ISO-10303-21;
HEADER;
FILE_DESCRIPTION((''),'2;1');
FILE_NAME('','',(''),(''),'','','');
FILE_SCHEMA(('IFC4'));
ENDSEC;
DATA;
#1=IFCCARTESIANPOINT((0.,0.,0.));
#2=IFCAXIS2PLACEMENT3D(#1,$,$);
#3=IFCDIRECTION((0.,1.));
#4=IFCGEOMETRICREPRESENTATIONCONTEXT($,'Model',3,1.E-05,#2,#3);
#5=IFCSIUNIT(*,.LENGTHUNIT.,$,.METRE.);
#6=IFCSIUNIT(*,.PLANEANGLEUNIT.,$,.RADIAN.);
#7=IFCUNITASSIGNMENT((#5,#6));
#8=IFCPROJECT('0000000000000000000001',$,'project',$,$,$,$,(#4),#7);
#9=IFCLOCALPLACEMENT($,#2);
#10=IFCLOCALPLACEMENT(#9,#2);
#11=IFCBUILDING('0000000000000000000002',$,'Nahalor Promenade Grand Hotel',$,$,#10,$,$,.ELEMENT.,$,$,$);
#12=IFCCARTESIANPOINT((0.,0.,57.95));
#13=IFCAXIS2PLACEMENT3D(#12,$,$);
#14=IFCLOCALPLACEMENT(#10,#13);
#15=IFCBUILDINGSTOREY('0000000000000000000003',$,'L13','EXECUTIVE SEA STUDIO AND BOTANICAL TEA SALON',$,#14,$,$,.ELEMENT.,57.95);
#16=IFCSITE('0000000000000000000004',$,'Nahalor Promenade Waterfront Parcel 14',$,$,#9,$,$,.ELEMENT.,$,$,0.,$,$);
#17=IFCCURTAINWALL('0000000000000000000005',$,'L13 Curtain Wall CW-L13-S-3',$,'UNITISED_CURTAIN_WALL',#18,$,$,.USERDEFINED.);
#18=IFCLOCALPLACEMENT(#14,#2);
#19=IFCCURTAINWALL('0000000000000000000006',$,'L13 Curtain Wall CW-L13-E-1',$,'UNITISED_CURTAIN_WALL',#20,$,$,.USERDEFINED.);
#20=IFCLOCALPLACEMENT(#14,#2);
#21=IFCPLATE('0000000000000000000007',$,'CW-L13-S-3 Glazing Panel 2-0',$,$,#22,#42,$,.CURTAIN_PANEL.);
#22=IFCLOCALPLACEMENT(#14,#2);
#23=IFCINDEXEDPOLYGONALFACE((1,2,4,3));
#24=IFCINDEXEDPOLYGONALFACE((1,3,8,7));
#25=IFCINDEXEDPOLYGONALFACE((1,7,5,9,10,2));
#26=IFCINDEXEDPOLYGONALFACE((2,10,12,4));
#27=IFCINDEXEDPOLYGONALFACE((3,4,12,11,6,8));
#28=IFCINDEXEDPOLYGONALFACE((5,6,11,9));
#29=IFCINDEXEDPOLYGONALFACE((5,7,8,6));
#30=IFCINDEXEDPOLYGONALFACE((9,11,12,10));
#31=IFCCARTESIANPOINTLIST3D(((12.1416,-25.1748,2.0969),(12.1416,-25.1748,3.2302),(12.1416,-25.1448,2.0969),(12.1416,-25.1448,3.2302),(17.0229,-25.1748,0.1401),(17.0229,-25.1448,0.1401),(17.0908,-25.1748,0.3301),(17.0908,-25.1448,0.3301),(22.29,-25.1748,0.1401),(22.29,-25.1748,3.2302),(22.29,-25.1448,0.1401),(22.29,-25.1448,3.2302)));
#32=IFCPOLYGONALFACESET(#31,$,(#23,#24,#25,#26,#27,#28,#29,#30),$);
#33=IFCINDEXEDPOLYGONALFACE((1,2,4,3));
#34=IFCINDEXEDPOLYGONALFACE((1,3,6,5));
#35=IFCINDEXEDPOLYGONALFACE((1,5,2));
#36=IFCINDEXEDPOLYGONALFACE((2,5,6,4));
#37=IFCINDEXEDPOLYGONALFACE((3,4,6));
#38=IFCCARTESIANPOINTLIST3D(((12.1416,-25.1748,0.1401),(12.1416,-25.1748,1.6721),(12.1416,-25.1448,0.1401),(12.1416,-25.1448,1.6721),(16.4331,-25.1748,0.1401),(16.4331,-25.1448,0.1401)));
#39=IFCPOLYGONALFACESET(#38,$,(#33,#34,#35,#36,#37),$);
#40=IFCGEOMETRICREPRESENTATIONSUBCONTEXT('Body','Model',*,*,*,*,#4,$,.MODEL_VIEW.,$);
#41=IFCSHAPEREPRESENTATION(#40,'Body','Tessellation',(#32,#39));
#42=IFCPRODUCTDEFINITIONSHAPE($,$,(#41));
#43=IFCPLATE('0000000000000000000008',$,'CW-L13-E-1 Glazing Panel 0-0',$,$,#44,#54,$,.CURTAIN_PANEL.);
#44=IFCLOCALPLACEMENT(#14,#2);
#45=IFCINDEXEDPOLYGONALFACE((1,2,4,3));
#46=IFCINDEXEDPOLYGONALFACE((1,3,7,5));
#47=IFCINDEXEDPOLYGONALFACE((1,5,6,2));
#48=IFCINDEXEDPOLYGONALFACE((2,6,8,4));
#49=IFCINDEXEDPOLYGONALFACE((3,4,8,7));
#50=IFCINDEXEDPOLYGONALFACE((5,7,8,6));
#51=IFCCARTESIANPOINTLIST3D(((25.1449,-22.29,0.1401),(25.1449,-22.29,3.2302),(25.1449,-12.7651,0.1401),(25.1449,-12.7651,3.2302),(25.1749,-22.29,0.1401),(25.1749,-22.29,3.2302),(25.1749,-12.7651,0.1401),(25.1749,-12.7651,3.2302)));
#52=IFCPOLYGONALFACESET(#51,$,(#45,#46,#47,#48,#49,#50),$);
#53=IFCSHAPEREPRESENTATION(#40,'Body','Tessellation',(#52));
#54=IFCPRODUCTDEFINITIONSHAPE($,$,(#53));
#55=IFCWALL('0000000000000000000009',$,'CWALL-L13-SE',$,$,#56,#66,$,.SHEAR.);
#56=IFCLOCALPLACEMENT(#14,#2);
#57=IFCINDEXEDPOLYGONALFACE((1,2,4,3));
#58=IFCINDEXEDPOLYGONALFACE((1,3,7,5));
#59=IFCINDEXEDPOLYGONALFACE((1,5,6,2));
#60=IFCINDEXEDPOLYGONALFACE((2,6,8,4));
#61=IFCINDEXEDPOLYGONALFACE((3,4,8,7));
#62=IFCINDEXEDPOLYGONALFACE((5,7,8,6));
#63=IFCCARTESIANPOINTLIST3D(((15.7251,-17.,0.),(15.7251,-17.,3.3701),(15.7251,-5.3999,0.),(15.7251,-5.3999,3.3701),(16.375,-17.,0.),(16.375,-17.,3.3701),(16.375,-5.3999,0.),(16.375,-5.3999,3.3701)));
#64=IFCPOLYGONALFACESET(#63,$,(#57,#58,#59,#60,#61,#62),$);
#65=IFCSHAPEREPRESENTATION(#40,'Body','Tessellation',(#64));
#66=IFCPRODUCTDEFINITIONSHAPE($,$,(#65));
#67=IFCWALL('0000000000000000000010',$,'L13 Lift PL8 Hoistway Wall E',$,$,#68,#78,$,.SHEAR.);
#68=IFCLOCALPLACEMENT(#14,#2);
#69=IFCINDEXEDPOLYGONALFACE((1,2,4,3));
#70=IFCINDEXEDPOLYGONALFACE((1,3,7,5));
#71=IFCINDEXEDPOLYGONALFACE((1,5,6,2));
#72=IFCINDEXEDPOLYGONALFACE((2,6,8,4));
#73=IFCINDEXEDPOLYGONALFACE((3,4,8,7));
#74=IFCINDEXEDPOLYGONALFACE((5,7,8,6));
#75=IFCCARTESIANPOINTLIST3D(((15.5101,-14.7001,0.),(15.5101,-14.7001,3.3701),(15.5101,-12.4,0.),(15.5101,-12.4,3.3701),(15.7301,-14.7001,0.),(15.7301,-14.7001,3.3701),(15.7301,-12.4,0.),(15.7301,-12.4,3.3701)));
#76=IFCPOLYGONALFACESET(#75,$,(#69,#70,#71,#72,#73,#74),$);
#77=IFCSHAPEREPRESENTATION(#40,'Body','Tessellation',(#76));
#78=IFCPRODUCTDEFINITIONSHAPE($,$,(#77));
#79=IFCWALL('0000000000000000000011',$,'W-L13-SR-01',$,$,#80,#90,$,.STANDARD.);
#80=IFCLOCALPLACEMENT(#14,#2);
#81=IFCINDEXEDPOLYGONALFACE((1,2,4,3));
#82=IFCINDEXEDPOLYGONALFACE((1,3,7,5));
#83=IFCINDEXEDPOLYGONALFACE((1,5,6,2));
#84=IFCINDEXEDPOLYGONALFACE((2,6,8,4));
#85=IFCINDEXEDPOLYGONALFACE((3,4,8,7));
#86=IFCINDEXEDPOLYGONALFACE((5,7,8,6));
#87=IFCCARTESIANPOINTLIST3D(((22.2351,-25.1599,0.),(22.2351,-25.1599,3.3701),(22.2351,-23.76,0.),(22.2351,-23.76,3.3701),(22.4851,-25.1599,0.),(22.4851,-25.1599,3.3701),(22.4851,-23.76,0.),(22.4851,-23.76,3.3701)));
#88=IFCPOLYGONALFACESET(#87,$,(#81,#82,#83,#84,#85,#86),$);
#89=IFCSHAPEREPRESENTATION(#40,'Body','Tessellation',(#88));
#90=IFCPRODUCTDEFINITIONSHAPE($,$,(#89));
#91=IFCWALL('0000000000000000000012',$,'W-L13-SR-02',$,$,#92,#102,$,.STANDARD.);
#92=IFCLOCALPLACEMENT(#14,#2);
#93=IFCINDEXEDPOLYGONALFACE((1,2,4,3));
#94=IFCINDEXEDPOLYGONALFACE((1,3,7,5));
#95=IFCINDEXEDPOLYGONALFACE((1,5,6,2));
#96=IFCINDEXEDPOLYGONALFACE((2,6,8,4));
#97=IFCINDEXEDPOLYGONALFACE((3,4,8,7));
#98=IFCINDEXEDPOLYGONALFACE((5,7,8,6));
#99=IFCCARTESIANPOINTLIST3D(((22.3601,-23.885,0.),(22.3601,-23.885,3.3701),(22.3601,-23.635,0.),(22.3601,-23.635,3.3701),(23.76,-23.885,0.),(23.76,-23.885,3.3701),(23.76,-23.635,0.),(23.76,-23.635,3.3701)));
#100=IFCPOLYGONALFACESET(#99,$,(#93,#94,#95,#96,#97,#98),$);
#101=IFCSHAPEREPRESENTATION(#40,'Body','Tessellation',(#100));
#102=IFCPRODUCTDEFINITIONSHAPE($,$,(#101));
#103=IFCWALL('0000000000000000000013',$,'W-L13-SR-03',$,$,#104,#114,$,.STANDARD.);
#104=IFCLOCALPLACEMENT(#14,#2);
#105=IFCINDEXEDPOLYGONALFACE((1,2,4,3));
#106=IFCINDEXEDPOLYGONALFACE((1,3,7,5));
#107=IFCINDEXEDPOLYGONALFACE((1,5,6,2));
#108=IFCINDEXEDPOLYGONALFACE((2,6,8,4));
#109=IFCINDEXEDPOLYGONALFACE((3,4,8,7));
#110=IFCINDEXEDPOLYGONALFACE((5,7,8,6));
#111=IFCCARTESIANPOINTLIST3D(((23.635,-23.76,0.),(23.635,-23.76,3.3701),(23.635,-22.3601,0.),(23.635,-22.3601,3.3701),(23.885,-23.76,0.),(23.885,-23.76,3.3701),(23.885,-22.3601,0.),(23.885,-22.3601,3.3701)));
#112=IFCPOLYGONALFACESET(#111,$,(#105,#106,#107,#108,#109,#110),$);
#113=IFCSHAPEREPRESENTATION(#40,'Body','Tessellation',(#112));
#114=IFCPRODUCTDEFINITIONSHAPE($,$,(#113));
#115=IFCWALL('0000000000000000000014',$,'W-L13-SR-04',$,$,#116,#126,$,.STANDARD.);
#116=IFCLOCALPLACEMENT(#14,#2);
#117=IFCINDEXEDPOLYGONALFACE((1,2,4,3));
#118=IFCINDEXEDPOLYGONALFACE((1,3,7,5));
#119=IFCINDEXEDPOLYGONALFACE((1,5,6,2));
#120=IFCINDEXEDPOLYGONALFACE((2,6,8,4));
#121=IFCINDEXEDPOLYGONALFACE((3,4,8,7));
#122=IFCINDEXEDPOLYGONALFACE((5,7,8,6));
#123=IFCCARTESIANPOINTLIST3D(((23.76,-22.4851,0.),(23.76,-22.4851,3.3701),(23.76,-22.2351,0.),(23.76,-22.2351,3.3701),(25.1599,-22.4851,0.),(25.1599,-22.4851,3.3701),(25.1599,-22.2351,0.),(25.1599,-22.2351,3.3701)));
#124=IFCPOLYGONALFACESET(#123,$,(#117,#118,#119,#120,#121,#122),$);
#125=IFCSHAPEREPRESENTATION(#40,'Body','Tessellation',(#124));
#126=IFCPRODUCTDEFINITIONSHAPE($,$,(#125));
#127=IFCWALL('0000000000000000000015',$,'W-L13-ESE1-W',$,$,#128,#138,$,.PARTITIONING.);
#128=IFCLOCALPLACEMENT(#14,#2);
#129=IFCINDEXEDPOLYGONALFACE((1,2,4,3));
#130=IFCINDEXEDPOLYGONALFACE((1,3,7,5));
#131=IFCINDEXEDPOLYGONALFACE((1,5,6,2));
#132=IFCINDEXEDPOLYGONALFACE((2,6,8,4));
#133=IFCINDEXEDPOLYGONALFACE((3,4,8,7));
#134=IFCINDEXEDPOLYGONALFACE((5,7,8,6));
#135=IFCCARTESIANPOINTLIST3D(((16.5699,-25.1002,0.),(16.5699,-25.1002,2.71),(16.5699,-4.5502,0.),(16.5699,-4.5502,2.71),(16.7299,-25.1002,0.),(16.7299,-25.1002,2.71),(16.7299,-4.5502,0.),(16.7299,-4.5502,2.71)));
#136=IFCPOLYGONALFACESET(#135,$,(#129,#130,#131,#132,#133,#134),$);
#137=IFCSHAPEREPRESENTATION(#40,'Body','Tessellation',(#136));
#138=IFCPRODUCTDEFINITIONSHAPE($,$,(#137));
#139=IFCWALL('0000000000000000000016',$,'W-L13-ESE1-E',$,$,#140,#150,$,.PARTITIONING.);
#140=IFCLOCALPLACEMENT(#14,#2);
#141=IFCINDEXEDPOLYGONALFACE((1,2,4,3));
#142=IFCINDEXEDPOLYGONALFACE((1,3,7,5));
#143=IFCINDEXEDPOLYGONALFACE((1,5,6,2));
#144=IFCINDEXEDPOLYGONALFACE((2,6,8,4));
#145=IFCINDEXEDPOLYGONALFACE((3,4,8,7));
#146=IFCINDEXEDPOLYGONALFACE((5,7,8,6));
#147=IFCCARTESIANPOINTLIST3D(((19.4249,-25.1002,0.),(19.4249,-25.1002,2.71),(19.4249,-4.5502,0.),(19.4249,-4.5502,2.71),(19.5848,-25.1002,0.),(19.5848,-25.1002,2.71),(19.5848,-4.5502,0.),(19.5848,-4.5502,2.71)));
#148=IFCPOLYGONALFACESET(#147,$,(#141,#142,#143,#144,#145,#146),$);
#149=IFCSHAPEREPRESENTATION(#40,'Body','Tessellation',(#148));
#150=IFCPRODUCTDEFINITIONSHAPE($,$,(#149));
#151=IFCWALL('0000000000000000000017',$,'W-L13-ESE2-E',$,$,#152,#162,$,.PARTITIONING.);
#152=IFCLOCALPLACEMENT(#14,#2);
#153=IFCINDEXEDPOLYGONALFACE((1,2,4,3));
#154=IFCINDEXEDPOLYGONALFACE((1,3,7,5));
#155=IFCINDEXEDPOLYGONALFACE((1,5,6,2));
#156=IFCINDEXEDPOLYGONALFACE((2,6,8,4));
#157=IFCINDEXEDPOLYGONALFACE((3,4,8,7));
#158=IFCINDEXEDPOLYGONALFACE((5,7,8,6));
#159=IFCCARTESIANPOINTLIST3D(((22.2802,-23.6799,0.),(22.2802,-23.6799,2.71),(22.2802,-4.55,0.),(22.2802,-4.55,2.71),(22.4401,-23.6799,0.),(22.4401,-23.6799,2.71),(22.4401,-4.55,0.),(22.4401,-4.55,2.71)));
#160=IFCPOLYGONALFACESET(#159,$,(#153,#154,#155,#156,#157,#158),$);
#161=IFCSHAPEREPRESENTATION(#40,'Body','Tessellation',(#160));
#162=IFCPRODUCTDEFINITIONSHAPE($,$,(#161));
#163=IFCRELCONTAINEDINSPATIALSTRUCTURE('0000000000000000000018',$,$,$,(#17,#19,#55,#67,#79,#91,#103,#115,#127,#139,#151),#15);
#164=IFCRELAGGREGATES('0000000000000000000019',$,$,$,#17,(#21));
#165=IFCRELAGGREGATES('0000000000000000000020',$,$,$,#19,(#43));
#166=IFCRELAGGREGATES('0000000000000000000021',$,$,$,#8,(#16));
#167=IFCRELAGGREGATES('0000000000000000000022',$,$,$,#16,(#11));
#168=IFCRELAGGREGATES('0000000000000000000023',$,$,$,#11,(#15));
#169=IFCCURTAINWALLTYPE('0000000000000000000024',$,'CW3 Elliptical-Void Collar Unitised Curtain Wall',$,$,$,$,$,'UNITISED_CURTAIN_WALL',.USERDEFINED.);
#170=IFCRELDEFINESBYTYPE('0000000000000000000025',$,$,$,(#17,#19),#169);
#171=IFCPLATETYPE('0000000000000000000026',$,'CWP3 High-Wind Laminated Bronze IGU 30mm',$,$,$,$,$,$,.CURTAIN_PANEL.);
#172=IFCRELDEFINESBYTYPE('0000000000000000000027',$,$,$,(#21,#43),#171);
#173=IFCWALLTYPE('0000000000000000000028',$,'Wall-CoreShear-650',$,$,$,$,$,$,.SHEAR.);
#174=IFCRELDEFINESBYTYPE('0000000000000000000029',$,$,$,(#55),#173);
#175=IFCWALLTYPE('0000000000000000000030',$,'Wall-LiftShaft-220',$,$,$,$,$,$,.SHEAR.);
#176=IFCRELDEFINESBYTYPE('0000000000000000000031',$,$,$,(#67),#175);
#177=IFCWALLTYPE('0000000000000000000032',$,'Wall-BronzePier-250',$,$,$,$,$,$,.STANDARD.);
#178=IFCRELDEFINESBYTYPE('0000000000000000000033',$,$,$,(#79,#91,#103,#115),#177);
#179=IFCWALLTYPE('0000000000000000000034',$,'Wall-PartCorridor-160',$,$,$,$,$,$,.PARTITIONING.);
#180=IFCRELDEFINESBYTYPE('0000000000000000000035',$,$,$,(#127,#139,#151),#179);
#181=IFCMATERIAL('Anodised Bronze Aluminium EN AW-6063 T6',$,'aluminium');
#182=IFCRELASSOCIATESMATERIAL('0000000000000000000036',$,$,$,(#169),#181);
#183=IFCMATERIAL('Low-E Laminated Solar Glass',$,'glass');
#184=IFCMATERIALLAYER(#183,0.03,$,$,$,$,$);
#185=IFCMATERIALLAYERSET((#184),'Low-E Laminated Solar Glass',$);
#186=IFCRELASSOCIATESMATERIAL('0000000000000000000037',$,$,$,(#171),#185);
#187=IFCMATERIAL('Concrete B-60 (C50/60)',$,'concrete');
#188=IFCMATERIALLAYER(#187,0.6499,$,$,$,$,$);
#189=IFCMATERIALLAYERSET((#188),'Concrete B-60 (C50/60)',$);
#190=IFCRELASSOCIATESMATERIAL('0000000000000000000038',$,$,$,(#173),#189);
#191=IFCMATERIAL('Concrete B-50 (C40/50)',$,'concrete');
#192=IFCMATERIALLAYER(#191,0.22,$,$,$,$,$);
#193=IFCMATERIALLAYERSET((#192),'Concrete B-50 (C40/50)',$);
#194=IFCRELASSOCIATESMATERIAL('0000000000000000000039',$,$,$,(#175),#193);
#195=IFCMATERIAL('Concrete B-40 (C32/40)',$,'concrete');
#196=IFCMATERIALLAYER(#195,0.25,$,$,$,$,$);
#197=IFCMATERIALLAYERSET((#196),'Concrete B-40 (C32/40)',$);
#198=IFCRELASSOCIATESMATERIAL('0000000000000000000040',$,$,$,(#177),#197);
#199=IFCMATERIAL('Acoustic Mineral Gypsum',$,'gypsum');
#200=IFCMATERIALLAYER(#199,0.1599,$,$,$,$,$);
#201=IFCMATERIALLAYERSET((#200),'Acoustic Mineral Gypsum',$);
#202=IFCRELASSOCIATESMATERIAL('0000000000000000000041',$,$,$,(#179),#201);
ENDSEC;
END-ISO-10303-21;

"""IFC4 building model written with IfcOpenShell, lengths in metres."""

from ifc_helpers import new_model, si_unit, direction, frame, frame_2d, origin, origin_2d, place, context, subcontext, project, spatial, polyline, rectangle, outline, extrude, source, transform, mapped, material, layer, layer_set, type_object, element, aggregate, save


model = new_model("IFC4")

# Units and contexts
model_context = context("Model", 3, precision=1e-05, world=origin(), true_north=direction((0.0, 1.0)))
body_context = subcontext(model_context, "Body", "Model", "MODEL_VIEW")
ifc_project = project(units=[si_unit("LENGTHUNIT", "METRE"), si_unit("PLANEANGLEUNIT", "RADIAN")], contexts=[model_context])

# Site, building, storey
site_placement = place(None, origin())
site = spatial("IfcSite", under=ifc_project, at=site_placement, Name="Nahalor Promenade Waterfront Parcel 14", CompositionType="ELEMENT", RefElevation=0.0)
building_placement = place(site_placement, origin())
building = spatial("IfcBuilding", under=site, at=building_placement, Name="Nahalor Promenade Grand Hotel", CompositionType="ELEMENT")
storey_placement = place(building_placement, frame((0.0, 0.0, 57.95)))
storey = spatial("IfcBuildingStorey", under=building, at=storey_placement, Name="L13", Description="EXECUTIVE SEA STUDIO AND BOTANICAL TEA SALON", CompositionType="ELEMENT", Elevation=57.95)

# Curtain wall
ifc_material_1 = material(Name="Anodised Bronze Aluminium EN AW-6063 T6", Category="aluminium")
curtain_wall_type = type_object("IfcCurtainWallType", Name="CW3 Elliptical-Void Collar Unitised Curtain Wall", ElementType="UNITISED_CURTAIN_WALL", PredefinedType="USERDEFINED", material=ifc_material_1)
curtain_wall_1_placement = place(storey_placement, origin())
curtain_wall_1 = element("IfcCurtainWall", 1, at=curtain_wall_1_placement, inside=storey, type_object=curtain_wall_type, Name="L13 Curtain Wall CW-L13-S-3", ObjectType="UNITISED_CURTAIN_WALL", PredefinedType="USERDEFINED")

# Curtain wall
curtain_wall_2_placement = place(storey_placement, origin())
curtain_wall_2 = element("IfcCurtainWall", 2, at=curtain_wall_2_placement, inside=storey, type_object=curtain_wall_type, Name="L13 Curtain Wall CW-L13-E-1", ObjectType="UNITISED_CURTAIN_WALL", PredefinedType="USERDEFINED")

# Plates
ifc_material_2 = material(Name="Low-E Laminated Solar Glass", Category="glass")
ifc_layer_1 = layer(ifc_material_2, 0.03)
ifc_layer_set_1 = layer_set([ifc_layer_1], Name="Low-E Laminated Solar Glass")
plate_type = type_object("IfcPlateType", Name="CWP3 High-Wind Laminated Bronze IGU 30mm", PredefinedType="CURTAIN_PANEL", material=ifc_layer_set_1)
plate_1_placement = place(storey_placement, frame((17.2158, -25.1599, 0.1401), z_axis=(0.0, 0.0, 1.0), x_axis=(1.0, 0.0, 0.0)))
plate_1 = element("IfcPlate", 3, at=plate_1_placement, type_object=plate_type, Name="CW-L13-S-3 Glazing Panel 2-0", PredefinedType="CURTAIN_PANEL", context=body_context, shape_type="SweptSolid", body=[
    extrude(outline(polyline([(5.0742, 3.0901), (-5.0742, 3.0901), (-5.0742, 1.9568), (-0.125, 0.1899), (-0.1929, 0.0), (5.0742, 0.0), (5.0742, 3.0901)])), frame((0.0, 0.0151, 0.0), z_axis=(0.0, -1.0, 0.0), x_axis=(1.0, 0.0, 0.0)), (0.0, 0.0, 1.0), 0.03),
    extrude(outline(polyline([(-5.0742, 1.532), (-5.0742, 0.0), (-0.7827, 0.0), (-5.0742, 1.532)])), frame((0.0, 0.0151, 0.0), z_axis=(0.0, -1.0, 0.0), x_axis=(1.0, 0.0, 0.0)), (0.0, 0.0, 1.0), 0.03),
])
aggregate(curtain_wall_1, [plate_1])
shared_shape_1 = source(origin(), body_context, "Body", "SweptSolid", [
    extrude(rectangle(XDim=9.5249, YDim=0.03, at=origin_2d()), origin(), (0.0, 0.0, 1.0), 3.0901),
])
plate_2_placement = place(storey_placement, frame((25.1599, -17.5276, 0.1401), z_axis=(0.0, 0.0, 1.0), x_axis=(0.0, 1.0, 0.0)))
plate_2 = element("IfcPlate", 4, at=plate_2_placement, type_object=plate_type, Name="CW-L13-E-1 Glazing Panel 0-0", PredefinedType="CURTAIN_PANEL", context=body_context, shape_type="MappedRepresentation", body=[
    mapped(shared_shape_1, transform((0.0, 0.0, 0.0), scale=1.0)),
])
aggregate(curtain_wall_2, [plate_2])

# Walls
ifc_material_3 = material(Name="Concrete B-60 (C50/60)", Category="concrete")
ifc_layer_2 = layer(ifc_material_3, 0.6499)
ifc_layer_set_2 = layer_set([ifc_layer_2], Name="Concrete B-60 (C50/60)")
wall_type_1 = type_object("IfcWallType", Name="Wall-CoreShear-650", PredefinedType="SHEAR", material=ifc_layer_set_2)
shared_shape_2 = source(origin(), body_context, "Body", "SweptSolid", [
    extrude(rectangle(XDim=11.6001, YDim=0.6499, at=frame_2d((5.8, 0.0))), origin(), (0.0, 0.0, 1.0), 3.3701),
])
wall_1_placement = place(storey_placement, frame((16.05, -17.0, 0.0), z_axis=(0.0, 0.0, 1.0), x_axis=(0.0, 1.0, 0.0)))
element("IfcWall", 5, at=wall_1_placement, inside=storey, type_object=wall_type_1, Name="CWALL-L13-SE", PredefinedType="SHEAR", context=body_context, shape_type="MappedRepresentation", body=[
    mapped(shared_shape_2, transform((0.0, 0.0, 0.0), scale=1.0)),
])
ifc_material_4 = material(Name="Concrete B-50 (C40/50)", Category="concrete")
ifc_layer_3 = layer(ifc_material_4, 0.22)
ifc_layer_set_3 = layer_set([ifc_layer_3], Name="Concrete B-50 (C40/50)")
wall_type_2 = type_object("IfcWallType", Name="Wall-LiftShaft-220", PredefinedType="SHEAR", material=ifc_layer_set_3)
shared_shape_3 = source(origin(), body_context, "Body", "SweptSolid", [
    extrude(rectangle(XDim=2.3, YDim=0.22, at=frame_2d((1.1499, 0.0))), origin(), (0.0, 0.0, 1.0), 3.3701),
])
wall_2_placement = place(storey_placement, frame((15.6201, -14.7, 0.0), z_axis=(0.0, 0.0, 1.0), x_axis=(0.0, 1.0, 0.0)))
element("IfcWall", 6, at=wall_2_placement, inside=storey, type_object=wall_type_2, Name="L13 Lift PL8 Hoistway Wall E", PredefinedType="SHEAR", context=body_context, shape_type="MappedRepresentation", body=[
    mapped(shared_shape_3, transform((0.0, 0.0, 0.0), scale=1.0)),
])
ifc_material_5 = material(Name="Concrete B-40 (C32/40)", Category="concrete")
ifc_layer_4 = layer(ifc_material_5, 0.25)
ifc_layer_set_4 = layer_set([ifc_layer_4], Name="Concrete B-40 (C32/40)")
wall_type_3 = type_object("IfcWallType", Name="Wall-BronzePier-250", PredefinedType="STANDARD", material=ifc_layer_set_4)
shared_shape_4 = source(origin(), body_context, "Body", "SweptSolid", [
    extrude(rectangle(XDim=1.3999, YDim=0.25, at=frame_2d((0.7, 0.0))), origin(), (0.0, 0.0, 1.0), 3.3701),
])
for number, where, z_axis, x_axis, name in (
    (7, (22.3601, -25.1599, 0.0), (0.0, 0.0, 1.0), (0.0, 1.0, 0.0), "W-L13-SR-01"),
    (8, (22.3601, -23.76, 0.0), (0.0, 0.0, 1.0), (1.0, 0.0, 0.0), "W-L13-SR-02"),
    (9, (23.76, -23.76, 0.0), (0.0, 0.0, 1.0), (0.0, 1.0, 0.0), "W-L13-SR-03"),
    (10, (23.76, -22.3601, 0.0), (0.0, 0.0, 1.0), (1.0, 0.0, 0.0), "W-L13-SR-04"),
):
    element("IfcWall", number, at=place(storey_placement, frame(where, z_axis=z_axis, x_axis=x_axis)), inside=storey, type_object=wall_type_3, Name=name, PredefinedType="STANDARD", context=body_context, shape_type="MappedRepresentation", body=[
        mapped(shared_shape_4, transform((0.0, 0.0, 0.0), scale=1.0)),
    ])
ifc_material_6 = material(Name="Acoustic Mineral Gypsum", Category="gypsum")
ifc_layer_5 = layer(ifc_material_6, 0.1599)
ifc_layer_set_5 = layer_set([ifc_layer_5], Name="Acoustic Mineral Gypsum")
wall_type_4 = type_object("IfcWallType", Name="Wall-PartCorridor-160", PredefinedType="PARTITIONING", material=ifc_layer_set_5)
shared_shape_5 = source(origin(), body_context, "Body", "SweptSolid", [
    extrude(rectangle(XDim=20.55, YDim=0.1599, at=frame_2d((10.2749, 0.0))), origin(), (0.0, 0.0, 1.0), 2.71),
])
for number, where, z_axis, x_axis, name in (
    (11, (16.6499, -25.1001, 0.0), (0.0, 0.0, 1.0), (0.0, 1.0, 0.0), "W-L13-ESE1-W"),
    (12, (19.5049, -25.1001, 0.0), (0.0, 0.0, 1.0), (0.0, 1.0, 0.0), "W-L13-ESE1-E"),
):
    element("IfcWall", number, at=place(storey_placement, frame(where, z_axis=z_axis, x_axis=x_axis)), inside=storey, type_object=wall_type_4, Name=name, PredefinedType="PARTITIONING", context=body_context, shape_type="MappedRepresentation", body=[
        mapped(shared_shape_5, transform((0.0, 0.0, 0.0), scale=1.0)),
    ])
shared_shape_6 = source(origin(), body_context, "Body", "SweptSolid", [
    extrude(rectangle(XDim=19.1299, YDim=0.1599, at=frame_2d((9.5649, 0.0))), origin(), (0.0, 0.0, 1.0), 2.71),
])
wall_3_placement = place(storey_placement, frame((22.3601, -23.6799, 0.0), z_axis=(0.0, 0.0, 1.0), x_axis=(0.0, 1.0, 0.0)))
element("IfcWall", 13, at=wall_3_placement, inside=storey, type_object=wall_type_4, Name="W-L13-ESE2-E", PredefinedType="PARTITIONING", context=body_context, shape_type="MappedRepresentation", body=[
    mapped(shared_shape_6, transform((0.0, 0.0, 0.0), scale=1.0)),
])

save(model, "model.ifc")
